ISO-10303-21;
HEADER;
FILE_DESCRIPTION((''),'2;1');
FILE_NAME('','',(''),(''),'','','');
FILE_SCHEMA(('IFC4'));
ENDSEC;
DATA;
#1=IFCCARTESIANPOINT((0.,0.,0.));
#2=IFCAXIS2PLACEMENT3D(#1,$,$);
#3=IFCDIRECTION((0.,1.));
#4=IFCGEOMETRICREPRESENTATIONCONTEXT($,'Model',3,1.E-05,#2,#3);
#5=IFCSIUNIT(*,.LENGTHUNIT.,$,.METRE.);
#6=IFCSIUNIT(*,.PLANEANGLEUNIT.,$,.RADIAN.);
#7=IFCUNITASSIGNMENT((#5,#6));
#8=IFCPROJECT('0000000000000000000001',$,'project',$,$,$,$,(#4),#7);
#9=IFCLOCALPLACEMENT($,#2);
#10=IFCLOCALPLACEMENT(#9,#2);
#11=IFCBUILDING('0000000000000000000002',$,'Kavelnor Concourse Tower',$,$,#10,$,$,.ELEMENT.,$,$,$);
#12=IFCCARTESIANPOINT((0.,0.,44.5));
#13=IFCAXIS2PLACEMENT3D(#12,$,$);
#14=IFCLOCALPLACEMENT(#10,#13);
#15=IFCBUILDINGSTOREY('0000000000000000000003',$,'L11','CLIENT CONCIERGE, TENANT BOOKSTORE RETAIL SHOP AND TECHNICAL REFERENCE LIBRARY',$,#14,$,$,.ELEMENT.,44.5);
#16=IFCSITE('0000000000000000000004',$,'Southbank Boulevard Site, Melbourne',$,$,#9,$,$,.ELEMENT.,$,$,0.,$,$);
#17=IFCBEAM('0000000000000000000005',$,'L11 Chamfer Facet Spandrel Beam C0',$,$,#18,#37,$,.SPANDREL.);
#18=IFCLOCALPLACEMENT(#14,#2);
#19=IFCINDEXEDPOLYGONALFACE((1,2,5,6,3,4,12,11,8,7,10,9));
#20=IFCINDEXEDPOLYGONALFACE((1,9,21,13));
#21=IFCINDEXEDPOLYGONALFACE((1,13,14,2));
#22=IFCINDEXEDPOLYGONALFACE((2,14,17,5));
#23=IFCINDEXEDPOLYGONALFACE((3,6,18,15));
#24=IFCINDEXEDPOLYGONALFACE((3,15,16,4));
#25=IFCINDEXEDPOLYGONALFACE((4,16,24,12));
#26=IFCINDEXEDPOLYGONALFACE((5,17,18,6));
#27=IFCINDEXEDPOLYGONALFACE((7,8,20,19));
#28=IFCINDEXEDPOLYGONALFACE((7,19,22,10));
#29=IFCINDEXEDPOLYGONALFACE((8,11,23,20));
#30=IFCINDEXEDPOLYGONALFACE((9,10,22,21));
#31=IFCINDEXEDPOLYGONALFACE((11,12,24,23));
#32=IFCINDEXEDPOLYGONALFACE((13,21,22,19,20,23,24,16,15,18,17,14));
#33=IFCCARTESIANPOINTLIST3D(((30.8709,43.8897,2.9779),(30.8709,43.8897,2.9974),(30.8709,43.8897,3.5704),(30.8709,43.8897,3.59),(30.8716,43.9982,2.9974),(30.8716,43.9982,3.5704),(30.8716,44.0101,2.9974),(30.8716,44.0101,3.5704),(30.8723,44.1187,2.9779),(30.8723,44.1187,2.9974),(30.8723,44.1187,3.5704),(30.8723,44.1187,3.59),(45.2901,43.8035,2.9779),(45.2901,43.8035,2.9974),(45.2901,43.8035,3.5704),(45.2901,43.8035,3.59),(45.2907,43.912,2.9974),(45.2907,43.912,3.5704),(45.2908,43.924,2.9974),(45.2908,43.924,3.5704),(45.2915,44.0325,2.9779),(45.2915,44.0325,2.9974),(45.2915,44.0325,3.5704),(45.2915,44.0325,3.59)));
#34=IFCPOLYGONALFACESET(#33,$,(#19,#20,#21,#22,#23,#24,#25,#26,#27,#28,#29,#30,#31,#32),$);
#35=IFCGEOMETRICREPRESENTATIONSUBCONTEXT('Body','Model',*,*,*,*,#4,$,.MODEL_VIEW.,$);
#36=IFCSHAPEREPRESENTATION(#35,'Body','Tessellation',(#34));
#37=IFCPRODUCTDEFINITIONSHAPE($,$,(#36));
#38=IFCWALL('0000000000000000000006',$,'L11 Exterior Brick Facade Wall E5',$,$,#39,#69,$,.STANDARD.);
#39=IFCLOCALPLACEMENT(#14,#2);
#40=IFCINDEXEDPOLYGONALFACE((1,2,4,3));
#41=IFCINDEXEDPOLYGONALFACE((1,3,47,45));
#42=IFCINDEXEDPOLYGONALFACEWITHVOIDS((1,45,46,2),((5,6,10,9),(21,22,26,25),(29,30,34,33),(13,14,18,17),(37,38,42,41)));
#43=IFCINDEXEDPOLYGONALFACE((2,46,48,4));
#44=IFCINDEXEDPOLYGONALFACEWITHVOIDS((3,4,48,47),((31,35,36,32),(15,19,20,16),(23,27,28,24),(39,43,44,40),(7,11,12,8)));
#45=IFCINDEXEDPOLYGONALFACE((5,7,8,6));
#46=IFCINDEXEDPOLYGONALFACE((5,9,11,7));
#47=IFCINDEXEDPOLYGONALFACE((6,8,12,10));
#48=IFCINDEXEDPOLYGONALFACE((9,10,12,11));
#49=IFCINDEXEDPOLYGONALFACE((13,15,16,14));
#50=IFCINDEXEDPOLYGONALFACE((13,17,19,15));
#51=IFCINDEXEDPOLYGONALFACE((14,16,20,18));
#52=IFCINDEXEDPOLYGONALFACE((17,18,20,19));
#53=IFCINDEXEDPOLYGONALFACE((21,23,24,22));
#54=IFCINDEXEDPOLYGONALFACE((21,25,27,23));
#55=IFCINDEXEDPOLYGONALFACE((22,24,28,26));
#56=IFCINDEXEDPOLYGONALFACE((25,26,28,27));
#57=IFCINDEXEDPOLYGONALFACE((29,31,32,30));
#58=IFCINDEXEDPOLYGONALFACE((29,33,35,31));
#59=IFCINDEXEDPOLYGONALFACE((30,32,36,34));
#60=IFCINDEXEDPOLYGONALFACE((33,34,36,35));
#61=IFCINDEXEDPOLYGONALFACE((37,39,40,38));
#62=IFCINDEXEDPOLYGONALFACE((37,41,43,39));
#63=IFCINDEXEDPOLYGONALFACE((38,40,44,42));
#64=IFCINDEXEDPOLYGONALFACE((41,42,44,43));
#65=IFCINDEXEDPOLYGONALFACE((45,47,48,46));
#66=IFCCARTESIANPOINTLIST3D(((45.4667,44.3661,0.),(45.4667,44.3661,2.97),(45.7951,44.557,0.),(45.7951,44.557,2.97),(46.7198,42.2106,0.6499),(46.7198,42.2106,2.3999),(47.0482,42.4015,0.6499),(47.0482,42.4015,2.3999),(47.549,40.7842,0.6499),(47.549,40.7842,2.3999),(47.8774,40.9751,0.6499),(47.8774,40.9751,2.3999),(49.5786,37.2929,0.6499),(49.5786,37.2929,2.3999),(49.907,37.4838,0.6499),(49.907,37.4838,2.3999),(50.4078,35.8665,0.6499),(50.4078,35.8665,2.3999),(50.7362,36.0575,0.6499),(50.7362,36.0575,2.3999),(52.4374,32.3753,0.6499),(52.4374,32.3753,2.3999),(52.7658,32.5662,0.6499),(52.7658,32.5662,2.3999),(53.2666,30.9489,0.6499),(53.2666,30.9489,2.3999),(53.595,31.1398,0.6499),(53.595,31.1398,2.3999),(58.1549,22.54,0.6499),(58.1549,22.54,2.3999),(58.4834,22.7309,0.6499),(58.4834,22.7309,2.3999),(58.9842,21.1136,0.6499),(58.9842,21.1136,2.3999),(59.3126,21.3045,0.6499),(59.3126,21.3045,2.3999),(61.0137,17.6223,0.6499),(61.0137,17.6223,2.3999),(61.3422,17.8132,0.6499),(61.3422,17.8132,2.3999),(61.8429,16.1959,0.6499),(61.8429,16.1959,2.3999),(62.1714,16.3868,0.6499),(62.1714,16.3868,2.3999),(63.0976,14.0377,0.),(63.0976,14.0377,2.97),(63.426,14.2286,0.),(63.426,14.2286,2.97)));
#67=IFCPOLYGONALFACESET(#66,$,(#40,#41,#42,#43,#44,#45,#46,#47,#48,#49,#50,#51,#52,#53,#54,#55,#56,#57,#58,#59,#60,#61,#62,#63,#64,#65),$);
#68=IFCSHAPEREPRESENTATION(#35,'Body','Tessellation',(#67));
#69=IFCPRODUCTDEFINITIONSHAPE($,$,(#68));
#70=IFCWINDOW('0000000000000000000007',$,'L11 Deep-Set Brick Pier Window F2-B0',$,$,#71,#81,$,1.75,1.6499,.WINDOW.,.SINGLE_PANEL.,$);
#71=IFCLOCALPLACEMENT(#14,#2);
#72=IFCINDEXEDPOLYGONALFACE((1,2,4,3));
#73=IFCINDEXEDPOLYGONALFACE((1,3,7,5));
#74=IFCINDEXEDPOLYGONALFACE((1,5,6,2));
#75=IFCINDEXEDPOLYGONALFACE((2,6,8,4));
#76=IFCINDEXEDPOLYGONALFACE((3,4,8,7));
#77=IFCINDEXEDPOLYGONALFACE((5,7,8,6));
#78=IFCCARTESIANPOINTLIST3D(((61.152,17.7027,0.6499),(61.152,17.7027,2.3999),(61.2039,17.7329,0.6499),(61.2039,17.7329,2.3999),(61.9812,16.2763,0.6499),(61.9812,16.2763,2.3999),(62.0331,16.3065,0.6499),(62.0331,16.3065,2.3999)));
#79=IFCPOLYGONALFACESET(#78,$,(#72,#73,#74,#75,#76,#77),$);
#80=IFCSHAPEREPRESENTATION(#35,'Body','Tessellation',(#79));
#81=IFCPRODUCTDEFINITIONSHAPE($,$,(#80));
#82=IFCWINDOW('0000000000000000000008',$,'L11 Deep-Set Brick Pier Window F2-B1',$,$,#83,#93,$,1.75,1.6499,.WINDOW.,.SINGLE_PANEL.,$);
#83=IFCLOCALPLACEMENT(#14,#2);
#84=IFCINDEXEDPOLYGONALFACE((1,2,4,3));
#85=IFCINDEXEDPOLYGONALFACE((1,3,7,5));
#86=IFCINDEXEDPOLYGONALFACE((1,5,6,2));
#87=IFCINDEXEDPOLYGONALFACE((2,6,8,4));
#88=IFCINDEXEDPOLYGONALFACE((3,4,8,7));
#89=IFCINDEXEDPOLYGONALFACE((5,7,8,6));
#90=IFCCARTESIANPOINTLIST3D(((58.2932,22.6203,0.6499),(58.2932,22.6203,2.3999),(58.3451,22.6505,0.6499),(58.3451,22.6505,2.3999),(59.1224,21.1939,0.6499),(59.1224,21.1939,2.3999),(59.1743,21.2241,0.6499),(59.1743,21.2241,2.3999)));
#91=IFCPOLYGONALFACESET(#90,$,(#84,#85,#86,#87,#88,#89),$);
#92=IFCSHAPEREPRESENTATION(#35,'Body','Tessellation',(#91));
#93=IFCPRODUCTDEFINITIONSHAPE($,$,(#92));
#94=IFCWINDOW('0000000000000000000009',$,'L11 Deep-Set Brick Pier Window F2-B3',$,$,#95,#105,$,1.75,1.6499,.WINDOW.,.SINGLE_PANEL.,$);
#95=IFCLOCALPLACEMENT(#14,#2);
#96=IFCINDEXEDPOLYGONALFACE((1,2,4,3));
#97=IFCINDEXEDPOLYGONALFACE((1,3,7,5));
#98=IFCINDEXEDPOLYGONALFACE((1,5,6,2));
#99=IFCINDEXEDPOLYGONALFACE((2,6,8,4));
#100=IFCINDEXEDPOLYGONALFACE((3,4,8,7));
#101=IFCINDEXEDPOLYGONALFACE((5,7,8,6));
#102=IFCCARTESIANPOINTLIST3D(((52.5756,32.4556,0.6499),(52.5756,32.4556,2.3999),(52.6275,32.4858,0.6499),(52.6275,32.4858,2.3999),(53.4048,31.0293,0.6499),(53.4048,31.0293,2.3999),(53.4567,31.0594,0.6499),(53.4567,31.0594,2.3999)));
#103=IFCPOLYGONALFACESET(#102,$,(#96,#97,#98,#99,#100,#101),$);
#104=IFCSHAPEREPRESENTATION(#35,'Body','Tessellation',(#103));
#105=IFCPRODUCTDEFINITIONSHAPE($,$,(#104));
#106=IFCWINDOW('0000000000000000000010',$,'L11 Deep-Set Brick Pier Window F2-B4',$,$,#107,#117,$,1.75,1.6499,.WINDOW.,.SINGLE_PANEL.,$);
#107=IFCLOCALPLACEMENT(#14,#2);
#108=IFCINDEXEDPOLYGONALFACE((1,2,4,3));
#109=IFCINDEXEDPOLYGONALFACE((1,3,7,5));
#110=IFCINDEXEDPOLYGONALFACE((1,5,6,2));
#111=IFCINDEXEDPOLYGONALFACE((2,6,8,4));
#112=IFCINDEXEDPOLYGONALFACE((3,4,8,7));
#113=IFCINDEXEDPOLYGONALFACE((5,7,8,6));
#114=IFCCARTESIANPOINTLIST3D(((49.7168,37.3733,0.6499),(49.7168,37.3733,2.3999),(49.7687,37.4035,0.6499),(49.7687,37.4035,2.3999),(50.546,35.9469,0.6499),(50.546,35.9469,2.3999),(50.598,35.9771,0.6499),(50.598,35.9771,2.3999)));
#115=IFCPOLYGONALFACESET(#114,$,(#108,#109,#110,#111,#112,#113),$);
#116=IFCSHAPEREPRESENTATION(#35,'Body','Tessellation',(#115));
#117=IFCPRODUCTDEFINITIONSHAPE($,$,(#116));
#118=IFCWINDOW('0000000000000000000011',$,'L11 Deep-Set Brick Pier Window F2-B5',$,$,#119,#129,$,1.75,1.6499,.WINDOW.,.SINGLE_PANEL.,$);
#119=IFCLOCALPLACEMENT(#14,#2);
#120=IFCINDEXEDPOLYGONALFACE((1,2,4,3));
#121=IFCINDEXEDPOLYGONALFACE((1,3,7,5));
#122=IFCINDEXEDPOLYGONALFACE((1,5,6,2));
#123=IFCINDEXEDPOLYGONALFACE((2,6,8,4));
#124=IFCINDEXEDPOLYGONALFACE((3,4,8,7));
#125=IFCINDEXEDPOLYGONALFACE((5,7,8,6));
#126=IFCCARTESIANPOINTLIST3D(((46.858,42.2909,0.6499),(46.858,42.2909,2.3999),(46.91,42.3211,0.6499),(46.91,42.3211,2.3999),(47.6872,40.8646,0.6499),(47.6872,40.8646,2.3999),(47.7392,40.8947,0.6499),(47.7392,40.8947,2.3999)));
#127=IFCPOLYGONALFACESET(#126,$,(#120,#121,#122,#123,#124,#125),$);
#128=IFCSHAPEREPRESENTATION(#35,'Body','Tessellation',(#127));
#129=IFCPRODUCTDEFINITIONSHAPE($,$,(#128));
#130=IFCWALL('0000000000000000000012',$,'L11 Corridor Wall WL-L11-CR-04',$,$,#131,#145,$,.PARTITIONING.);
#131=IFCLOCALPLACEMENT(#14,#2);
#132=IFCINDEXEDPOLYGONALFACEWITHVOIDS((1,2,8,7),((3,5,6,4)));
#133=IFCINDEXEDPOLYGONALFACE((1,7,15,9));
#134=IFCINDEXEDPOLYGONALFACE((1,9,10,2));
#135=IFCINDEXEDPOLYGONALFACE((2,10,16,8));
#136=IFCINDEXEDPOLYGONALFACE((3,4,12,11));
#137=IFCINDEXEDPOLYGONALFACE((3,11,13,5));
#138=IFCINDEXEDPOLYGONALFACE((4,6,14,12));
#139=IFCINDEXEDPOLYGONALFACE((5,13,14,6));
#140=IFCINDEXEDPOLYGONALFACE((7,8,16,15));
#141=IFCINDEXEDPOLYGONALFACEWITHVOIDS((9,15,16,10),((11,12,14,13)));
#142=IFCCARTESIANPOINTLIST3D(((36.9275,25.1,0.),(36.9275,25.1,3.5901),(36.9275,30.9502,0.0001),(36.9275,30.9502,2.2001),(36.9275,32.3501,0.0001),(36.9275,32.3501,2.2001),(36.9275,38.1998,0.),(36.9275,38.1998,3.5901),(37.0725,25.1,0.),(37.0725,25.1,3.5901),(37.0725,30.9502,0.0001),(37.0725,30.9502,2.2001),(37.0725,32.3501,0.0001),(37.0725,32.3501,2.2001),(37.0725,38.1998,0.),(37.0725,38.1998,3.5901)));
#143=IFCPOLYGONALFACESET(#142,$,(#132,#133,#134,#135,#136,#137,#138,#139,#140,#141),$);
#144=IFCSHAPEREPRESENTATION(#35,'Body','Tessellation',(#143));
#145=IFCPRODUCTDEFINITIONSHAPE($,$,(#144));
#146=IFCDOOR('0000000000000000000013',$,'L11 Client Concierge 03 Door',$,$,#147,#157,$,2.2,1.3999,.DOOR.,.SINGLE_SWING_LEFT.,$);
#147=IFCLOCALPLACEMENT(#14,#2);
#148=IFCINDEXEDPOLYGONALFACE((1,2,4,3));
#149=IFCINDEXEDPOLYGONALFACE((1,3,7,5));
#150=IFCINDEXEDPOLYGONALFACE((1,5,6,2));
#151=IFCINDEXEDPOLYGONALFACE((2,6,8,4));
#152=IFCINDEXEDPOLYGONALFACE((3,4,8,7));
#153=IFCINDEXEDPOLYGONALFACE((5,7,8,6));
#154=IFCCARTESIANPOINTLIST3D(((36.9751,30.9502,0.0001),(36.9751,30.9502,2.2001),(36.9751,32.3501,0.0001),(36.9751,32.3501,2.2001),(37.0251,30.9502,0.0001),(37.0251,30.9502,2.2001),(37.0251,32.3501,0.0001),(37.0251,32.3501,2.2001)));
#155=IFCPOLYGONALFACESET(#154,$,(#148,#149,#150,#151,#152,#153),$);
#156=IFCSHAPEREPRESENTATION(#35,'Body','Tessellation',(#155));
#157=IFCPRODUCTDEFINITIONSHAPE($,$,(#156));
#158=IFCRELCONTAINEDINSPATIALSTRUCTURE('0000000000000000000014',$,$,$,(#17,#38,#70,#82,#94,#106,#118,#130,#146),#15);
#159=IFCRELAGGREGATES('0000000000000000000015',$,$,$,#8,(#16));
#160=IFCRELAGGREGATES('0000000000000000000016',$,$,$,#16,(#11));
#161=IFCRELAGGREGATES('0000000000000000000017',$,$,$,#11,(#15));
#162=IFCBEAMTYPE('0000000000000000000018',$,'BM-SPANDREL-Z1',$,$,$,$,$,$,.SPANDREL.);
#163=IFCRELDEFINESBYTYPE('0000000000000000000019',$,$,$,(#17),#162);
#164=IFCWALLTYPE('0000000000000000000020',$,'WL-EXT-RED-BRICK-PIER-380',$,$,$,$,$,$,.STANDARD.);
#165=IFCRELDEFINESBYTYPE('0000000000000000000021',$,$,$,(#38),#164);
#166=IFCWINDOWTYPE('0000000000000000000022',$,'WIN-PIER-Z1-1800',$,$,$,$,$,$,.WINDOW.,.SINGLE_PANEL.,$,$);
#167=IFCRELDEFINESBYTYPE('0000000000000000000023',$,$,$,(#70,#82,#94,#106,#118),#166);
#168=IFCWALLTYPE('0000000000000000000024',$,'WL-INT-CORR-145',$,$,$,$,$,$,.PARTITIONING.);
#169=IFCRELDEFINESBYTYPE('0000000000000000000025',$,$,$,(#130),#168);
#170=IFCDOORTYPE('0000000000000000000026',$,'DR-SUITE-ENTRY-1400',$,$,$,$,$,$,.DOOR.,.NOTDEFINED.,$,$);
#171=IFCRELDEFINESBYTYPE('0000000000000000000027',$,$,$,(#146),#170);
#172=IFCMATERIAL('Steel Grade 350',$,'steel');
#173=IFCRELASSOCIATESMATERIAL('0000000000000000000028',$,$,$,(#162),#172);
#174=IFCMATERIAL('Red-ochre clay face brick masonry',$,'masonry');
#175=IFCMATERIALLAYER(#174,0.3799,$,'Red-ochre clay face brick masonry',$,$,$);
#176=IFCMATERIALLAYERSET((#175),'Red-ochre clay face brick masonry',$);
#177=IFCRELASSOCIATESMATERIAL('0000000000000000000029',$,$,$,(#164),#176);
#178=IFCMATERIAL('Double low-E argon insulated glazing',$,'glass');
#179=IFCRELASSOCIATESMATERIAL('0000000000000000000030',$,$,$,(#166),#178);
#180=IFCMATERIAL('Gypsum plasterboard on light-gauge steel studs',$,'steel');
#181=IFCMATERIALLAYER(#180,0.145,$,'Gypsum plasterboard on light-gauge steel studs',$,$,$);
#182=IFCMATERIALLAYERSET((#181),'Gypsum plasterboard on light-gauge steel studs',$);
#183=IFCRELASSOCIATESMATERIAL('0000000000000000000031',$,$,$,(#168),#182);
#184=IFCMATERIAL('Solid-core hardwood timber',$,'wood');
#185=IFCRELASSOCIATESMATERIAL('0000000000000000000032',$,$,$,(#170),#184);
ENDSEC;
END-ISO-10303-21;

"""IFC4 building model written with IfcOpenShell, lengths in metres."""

from ifc_helpers import new_model, si_unit, direction, frame, frame_2d, origin, origin_2d, place, context, subcontext, project, spatial, rectangle, i_section, extrude, material, layer, layer_set, material_profile, profile_set, type_object, element, fill, save


model = new_model("IFC4")

# Units and contexts
model_context = context("Model", 3, precision=1e-05, world=origin(), true_north=direction((0.0, 1.0)))
body_context = subcontext(model_context, "Body", "Model", "MODEL_VIEW")
ifc_project = project(units=[si_unit("LENGTHUNIT", "METRE"), si_unit("PLANEANGLEUNIT", "RADIAN")], contexts=[model_context])

# Site, building, storey
site_placement = place(None, origin())
site = spatial("IfcSite", under=ifc_project, at=site_placement, Name="Southbank Boulevard Site, Melbourne", CompositionType="ELEMENT", RefElevation=0.0)
building_placement = place(site_placement, origin())
building = spatial("IfcBuilding", under=site, at=building_placement, Name="Kavelnor Concourse Tower", CompositionType="ELEMENT")
storey_placement = place(building_placement, frame((0.0, 0.0, 44.5)))
storey = spatial("IfcBuildingStorey", under=building, at=storey_placement, Name="L11", Description="CLIENT CONCIERGE, TENANT BOOKSTORE RETAIL SHOP AND TECHNICAL REFERENCE LIBRARY", CompositionType="ELEMENT", Elevation=44.5)

# Shared definitions
ifc_material_1 = material(Name="Steel Grade 350", Category="steel")

# Beam
ifc_material_profile_1 = material_profile(ifc_material_1, i_section(OverallWidth=0.229, OverallDepth=0.6121, WebThickness=0.012, FlangeThickness=0.0195, at=origin_2d()), Name="610UB125")
ifc_profile_set_1 = profile_set([ifc_material_profile_1], Name="Steel Grade 350")
beam_type_1 = type_object("IfcBeamType", Name="BM-SPANDREL-Z1", PredefinedType="SPANDREL", material=ifc_profile_set_1)
beam_1_placement = place(storey_placement, frame((45.2908, 43.918, 3.2839), z_axis=(-0.999982, 0.005977, 0.0), x_axis=(-0.005977, -0.999982, 0.0)))
element("IfcBeam", 1, at=beam_1_placement, inside=storey, type_object=beam_type_1, Name="L11 Chamfer Facet Spandrel Beam C0", PredefinedType="SPANDREL", context=body_context, shape_type="SweptSolid", body=[
    extrude(i_section(OverallWidth=0.229, OverallDepth=0.6121, WebThickness=0.012, FlangeThickness=0.0195, at=origin_2d()), origin(), (0.0, 0.0, 1.0), 14.4194),
])

# Wall, openings, windows
ifc_material_2 = material(Name="Red-ochre clay face brick masonry", Category="masonry")
ifc_layer_1 = layer(ifc_material_2, 0.3799, Name="Red-ochre clay face brick masonry")
ifc_layer_set_1 = layer_set([ifc_layer_1], Name="Red-ochre clay face brick masonry")
wall_type_1 = type_object("IfcWallType", Name="WL-EXT-RED-BRICK-PIER-380", PredefinedType="STANDARD", material=ifc_layer_set_1)
wall_1_placement = place(storey_placement, frame((45.6309, 44.4617, 0.0), z_axis=(0.0, 0.0, 1.0), x_axis=(0.50258, -0.864531, 0.0)))
wall_1 = element("IfcWall", 2, at=wall_1_placement, inside=storey, type_object=wall_type_1, Name="L11 Exterior Brick Facade Wall E5", PredefinedType="STANDARD", context=body_context, shape_type="SweptSolid", body=[
    extrude(rectangle(XDim=35.0808, YDim=0.3799, at=frame_2d((17.5405, 0.0))), origin(), (0.0, 0.0, 1.0), 2.97),
])
opening_1_placement = place(wall_1_placement, frame((30.9346, 0.0, 0.6499)))
opening_1 = element("IfcOpeningElement", 3, at=opening_1_placement, cuts=wall_1, PredefinedType="OPENING", context=body_context, shape_type="SweptSolid", body=[
    extrude(rectangle(XDim=1.6499, YDim=1.75, at=frame_2d((0.825, 0.875))), frame((0.0, 0.2, 0.0), z_axis=(0.0, -1.0, 0.0), x_axis=(1.0, 0.0, 0.0)), (0.0, 0.0, 1.0), 0.3999),
])
opening_2_placement = place(wall_1_placement, frame((25.2463, 0.0, 0.6499)))
opening_2 = element("IfcOpeningElement", 4, at=opening_2_placement, cuts=wall_1, PredefinedType="OPENING", context=body_context, shape_type="SweptSolid", body=[
    extrude(rectangle(XDim=1.6499, YDim=1.75, at=frame_2d((0.825, 0.875))), frame((0.0, 0.2, 0.0), z_axis=(0.0, -1.0, 0.0), x_axis=(1.0, 0.0, 0.0)), (0.0, 0.0, 1.0), 0.3999),
])
opening_3_placement = place(wall_1_placement, frame((13.8699, 0.0, 0.6499)))
opening_3 = element("IfcOpeningElement", 5, at=opening_3_placement, cuts=wall_1, PredefinedType="OPENING", context=body_context, shape_type="SweptSolid", body=[
    extrude(rectangle(XDim=1.6499, YDim=1.75, at=frame_2d((0.825, 0.875))), frame((0.0, 0.2, 0.0), z_axis=(0.0, -1.0, 0.0), x_axis=(1.0, 0.0, 0.0)), (0.0, 0.0, 1.0), 0.3999),
])
opening_4_placement = place(wall_1_placement, frame((8.1816, 0.0, 0.6499)))
opening_4 = element("IfcOpeningElement", 6, at=opening_4_placement, cuts=wall_1, PredefinedType="OPENING", context=body_context, shape_type="SweptSolid", body=[
    extrude(rectangle(XDim=1.6499, YDim=1.75, at=frame_2d((0.825, 0.875))), frame((0.0, 0.2, 0.0), z_axis=(0.0, -1.0, 0.0), x_axis=(1.0, 0.0, 0.0)), (0.0, 0.0, 1.0), 0.3999),
])
opening_5_placement = place(wall_1_placement, frame((2.4934, 0.0, 0.6499)))
opening_5 = element("IfcOpeningElement", 7, at=opening_5_placement, cuts=wall_1, PredefinedType="OPENING", context=body_context, shape_type="SweptSolid", body=[
    extrude(rectangle(XDim=1.6499, YDim=1.75, at=frame_2d((0.825, 0.875))), frame((0.0, 0.2, 0.0), z_axis=(0.0, -1.0, 0.0), x_axis=(1.0, 0.0, 0.0)), (0.0, 0.0, 1.0), 0.3999),
])
ifc_material_3 = material(Name="Double low-E argon insulated glazing", Category="glass")
window_type = type_object("IfcWindowType", Name="WIN-PIER-Z1-1800", PartitioningType="SINGLE_PANEL", PredefinedType="WINDOW", material=ifc_material_3)
window_1_placement = place(opening_1_placement, origin())
window_1 = element("IfcWindow", 8, at=window_1_placement, inside=storey, type_object=window_type, Name="L11 Deep-Set Brick Pier Window F2-B0", OverallHeight=1.75, OverallWidth=1.6499, PartitioningType="SINGLE_PANEL", PredefinedType="WINDOW", context=body_context, shape_type="SweptSolid", body=[
    extrude(rectangle(XDim=1.6499, YDim=1.75, at=frame_2d((0.825, 0.875))), frame((0.0, 0.03, 0.0), z_axis=(0.0, -1.0, 0.0), x_axis=(1.0, 0.0, 0.0)), (0.0, 0.0, 1.0), 0.0601),
])
fill(opening_1, window_1)
window_2_placement = place(opening_2_placement, origin())
window_2 = element("IfcWindow", 9, at=window_2_placement, inside=storey, type_object=window_type, Name="L11 Deep-Set Brick Pier Window F2-B1", OverallHeight=1.75, OverallWidth=1.6499, PartitioningType="SINGLE_PANEL", PredefinedType="WINDOW", context=body_context, shape_type="SweptSolid", body=[
    extrude(rectangle(XDim=1.6499, YDim=1.75, at=frame_2d((0.825, 0.875))), frame((0.0, 0.03, 0.0), z_axis=(0.0, -1.0, 0.0), x_axis=(1.0, 0.0, 0.0)), (0.0, 0.0, 1.0), 0.0601),
])
fill(opening_2, window_2)
window_3_placement = place(opening_3_placement, origin())
window_3 = element("IfcWindow", 10, at=window_3_placement, inside=storey, type_object=window_type, Name="L11 Deep-Set Brick Pier Window F2-B3", OverallHeight=1.75, OverallWidth=1.6499, PartitioningType="SINGLE_PANEL", PredefinedType="WINDOW", context=body_context, shape_type="SweptSolid", body=[
    extrude(rectangle(XDim=1.6499, YDim=1.75, at=frame_2d((0.825, 0.875))), frame((0.0, 0.03, 0.0), z_axis=(0.0, -1.0, 0.0), x_axis=(1.0, 0.0, 0.0)), (0.0, 0.0, 1.0), 0.0601),
])
fill(opening_3, window_3)
window_4_placement = place(opening_4_placement, origin())
window_4 = element("IfcWindow", 11, at=window_4_placement, inside=storey, type_object=window_type, Name="L11 Deep-Set Brick Pier Window F2-B4", OverallHeight=1.75, OverallWidth=1.6499, PartitioningType="SINGLE_PANEL", PredefinedType="WINDOW", context=body_context, shape_type="SweptSolid", body=[
    extrude(rectangle(XDim=1.6499, YDim=1.75, at=frame_2d((0.825, 0.875))), frame((0.0, 0.03, 0.0), z_axis=(0.0, -1.0, 0.0), x_axis=(1.0, 0.0, 0.0)), (0.0, 0.0, 1.0), 0.0601),
])
fill(opening_4, window_4)
window_5_placement = place(opening_5_placement, origin())
window_5 = element("IfcWindow", 12, at=window_5_placement, inside=storey, type_object=window_type, Name="L11 Deep-Set Brick Pier Window F2-B5", OverallHeight=1.75, OverallWidth=1.6499, PartitioningType="SINGLE_PANEL", PredefinedType="WINDOW", context=body_context, shape_type="SweptSolid", body=[
    extrude(rectangle(XDim=1.6499, YDim=1.75, at=frame_2d((0.825, 0.875))), frame((0.0, 0.03, 0.0), z_axis=(0.0, -1.0, 0.0), x_axis=(1.0, 0.0, 0.0)), (0.0, 0.0, 1.0), 0.0601),
])
fill(opening_5, window_5)

# Wall, opening, door
ifc_material_4 = material(Name="Gypsum plasterboard on light-gauge steel studs", Category="steel")
ifc_layer_2 = layer(ifc_material_4, 0.145, Name="Gypsum plasterboard on light-gauge steel studs")
ifc_layer_set_2 = layer_set([ifc_layer_2], Name="Gypsum plasterboard on light-gauge steel studs")
wall_type_2 = type_object("IfcWallType", Name="WL-INT-CORR-145", PredefinedType="PARTITIONING", material=ifc_layer_set_2)
wall_2_placement = place(storey_placement, frame((37.0, 25.1001, 0.0), z_axis=(0.0, 0.0, 1.0), x_axis=(0.0, 1.0, 0.0)))
wall_2 = element("IfcWall", 13, at=wall_2_placement, inside=storey, type_object=wall_type_2, Name="L11 Corridor Wall WL-L11-CR-04", PredefinedType="PARTITIONING", context=body_context, shape_type="SweptSolid", body=[
    extrude(rectangle(XDim=13.0999, YDim=0.145, at=frame_2d((6.5498, 0.0))), origin(), (0.0, 0.0, 1.0), 3.5901),
])
opening_6_placement = place(wall_2_placement, frame((5.8501, 0.0, 0.0)))
opening_6 = element("IfcOpeningElement", 14, at=opening_6_placement, cuts=wall_2, PredefinedType="OPENING", context=body_context, shape_type="SweptSolid", body=[
    extrude(rectangle(XDim=1.3999, YDim=2.2, at=frame_2d((0.7, 1.1001))), frame((0.0, 0.0825, 0.0), z_axis=(0.0, -1.0, 0.0), x_axis=(1.0, 0.0, 0.0)), (0.0, 0.0, 1.0), 0.165),
])
ifc_material_5 = material(Name="Solid-core hardwood timber", Category="wood")
door_type = type_object("IfcDoorType", Name="DR-SUITE-ENTRY-1400", OperationType="NOTDEFINED", PredefinedType="DOOR", material=ifc_material_5)
door_placement = place(opening_6_placement, origin())
door = element("IfcDoor", 15, at=door_placement, inside=storey, type_object=door_type, Name="L11 Client Concierge 03 Door", OperationType="SINGLE_SWING_LEFT", OverallHeight=2.2, OverallWidth=1.3999, PredefinedType="DOOR", context=body_context, shape_type="SweptSolid", body=[
    extrude(rectangle(XDim=1.3999, YDim=2.2, at=frame_2d((0.7, 1.1001))), frame((0.0, 0.0249, 0.0), z_axis=(0.0, -1.0, 0.0), x_axis=(1.0, 0.0, 0.0)), (0.0, 0.0, 1.0), 0.05),
])
fill(opening_6, door)

save(model, "model.ifc")
